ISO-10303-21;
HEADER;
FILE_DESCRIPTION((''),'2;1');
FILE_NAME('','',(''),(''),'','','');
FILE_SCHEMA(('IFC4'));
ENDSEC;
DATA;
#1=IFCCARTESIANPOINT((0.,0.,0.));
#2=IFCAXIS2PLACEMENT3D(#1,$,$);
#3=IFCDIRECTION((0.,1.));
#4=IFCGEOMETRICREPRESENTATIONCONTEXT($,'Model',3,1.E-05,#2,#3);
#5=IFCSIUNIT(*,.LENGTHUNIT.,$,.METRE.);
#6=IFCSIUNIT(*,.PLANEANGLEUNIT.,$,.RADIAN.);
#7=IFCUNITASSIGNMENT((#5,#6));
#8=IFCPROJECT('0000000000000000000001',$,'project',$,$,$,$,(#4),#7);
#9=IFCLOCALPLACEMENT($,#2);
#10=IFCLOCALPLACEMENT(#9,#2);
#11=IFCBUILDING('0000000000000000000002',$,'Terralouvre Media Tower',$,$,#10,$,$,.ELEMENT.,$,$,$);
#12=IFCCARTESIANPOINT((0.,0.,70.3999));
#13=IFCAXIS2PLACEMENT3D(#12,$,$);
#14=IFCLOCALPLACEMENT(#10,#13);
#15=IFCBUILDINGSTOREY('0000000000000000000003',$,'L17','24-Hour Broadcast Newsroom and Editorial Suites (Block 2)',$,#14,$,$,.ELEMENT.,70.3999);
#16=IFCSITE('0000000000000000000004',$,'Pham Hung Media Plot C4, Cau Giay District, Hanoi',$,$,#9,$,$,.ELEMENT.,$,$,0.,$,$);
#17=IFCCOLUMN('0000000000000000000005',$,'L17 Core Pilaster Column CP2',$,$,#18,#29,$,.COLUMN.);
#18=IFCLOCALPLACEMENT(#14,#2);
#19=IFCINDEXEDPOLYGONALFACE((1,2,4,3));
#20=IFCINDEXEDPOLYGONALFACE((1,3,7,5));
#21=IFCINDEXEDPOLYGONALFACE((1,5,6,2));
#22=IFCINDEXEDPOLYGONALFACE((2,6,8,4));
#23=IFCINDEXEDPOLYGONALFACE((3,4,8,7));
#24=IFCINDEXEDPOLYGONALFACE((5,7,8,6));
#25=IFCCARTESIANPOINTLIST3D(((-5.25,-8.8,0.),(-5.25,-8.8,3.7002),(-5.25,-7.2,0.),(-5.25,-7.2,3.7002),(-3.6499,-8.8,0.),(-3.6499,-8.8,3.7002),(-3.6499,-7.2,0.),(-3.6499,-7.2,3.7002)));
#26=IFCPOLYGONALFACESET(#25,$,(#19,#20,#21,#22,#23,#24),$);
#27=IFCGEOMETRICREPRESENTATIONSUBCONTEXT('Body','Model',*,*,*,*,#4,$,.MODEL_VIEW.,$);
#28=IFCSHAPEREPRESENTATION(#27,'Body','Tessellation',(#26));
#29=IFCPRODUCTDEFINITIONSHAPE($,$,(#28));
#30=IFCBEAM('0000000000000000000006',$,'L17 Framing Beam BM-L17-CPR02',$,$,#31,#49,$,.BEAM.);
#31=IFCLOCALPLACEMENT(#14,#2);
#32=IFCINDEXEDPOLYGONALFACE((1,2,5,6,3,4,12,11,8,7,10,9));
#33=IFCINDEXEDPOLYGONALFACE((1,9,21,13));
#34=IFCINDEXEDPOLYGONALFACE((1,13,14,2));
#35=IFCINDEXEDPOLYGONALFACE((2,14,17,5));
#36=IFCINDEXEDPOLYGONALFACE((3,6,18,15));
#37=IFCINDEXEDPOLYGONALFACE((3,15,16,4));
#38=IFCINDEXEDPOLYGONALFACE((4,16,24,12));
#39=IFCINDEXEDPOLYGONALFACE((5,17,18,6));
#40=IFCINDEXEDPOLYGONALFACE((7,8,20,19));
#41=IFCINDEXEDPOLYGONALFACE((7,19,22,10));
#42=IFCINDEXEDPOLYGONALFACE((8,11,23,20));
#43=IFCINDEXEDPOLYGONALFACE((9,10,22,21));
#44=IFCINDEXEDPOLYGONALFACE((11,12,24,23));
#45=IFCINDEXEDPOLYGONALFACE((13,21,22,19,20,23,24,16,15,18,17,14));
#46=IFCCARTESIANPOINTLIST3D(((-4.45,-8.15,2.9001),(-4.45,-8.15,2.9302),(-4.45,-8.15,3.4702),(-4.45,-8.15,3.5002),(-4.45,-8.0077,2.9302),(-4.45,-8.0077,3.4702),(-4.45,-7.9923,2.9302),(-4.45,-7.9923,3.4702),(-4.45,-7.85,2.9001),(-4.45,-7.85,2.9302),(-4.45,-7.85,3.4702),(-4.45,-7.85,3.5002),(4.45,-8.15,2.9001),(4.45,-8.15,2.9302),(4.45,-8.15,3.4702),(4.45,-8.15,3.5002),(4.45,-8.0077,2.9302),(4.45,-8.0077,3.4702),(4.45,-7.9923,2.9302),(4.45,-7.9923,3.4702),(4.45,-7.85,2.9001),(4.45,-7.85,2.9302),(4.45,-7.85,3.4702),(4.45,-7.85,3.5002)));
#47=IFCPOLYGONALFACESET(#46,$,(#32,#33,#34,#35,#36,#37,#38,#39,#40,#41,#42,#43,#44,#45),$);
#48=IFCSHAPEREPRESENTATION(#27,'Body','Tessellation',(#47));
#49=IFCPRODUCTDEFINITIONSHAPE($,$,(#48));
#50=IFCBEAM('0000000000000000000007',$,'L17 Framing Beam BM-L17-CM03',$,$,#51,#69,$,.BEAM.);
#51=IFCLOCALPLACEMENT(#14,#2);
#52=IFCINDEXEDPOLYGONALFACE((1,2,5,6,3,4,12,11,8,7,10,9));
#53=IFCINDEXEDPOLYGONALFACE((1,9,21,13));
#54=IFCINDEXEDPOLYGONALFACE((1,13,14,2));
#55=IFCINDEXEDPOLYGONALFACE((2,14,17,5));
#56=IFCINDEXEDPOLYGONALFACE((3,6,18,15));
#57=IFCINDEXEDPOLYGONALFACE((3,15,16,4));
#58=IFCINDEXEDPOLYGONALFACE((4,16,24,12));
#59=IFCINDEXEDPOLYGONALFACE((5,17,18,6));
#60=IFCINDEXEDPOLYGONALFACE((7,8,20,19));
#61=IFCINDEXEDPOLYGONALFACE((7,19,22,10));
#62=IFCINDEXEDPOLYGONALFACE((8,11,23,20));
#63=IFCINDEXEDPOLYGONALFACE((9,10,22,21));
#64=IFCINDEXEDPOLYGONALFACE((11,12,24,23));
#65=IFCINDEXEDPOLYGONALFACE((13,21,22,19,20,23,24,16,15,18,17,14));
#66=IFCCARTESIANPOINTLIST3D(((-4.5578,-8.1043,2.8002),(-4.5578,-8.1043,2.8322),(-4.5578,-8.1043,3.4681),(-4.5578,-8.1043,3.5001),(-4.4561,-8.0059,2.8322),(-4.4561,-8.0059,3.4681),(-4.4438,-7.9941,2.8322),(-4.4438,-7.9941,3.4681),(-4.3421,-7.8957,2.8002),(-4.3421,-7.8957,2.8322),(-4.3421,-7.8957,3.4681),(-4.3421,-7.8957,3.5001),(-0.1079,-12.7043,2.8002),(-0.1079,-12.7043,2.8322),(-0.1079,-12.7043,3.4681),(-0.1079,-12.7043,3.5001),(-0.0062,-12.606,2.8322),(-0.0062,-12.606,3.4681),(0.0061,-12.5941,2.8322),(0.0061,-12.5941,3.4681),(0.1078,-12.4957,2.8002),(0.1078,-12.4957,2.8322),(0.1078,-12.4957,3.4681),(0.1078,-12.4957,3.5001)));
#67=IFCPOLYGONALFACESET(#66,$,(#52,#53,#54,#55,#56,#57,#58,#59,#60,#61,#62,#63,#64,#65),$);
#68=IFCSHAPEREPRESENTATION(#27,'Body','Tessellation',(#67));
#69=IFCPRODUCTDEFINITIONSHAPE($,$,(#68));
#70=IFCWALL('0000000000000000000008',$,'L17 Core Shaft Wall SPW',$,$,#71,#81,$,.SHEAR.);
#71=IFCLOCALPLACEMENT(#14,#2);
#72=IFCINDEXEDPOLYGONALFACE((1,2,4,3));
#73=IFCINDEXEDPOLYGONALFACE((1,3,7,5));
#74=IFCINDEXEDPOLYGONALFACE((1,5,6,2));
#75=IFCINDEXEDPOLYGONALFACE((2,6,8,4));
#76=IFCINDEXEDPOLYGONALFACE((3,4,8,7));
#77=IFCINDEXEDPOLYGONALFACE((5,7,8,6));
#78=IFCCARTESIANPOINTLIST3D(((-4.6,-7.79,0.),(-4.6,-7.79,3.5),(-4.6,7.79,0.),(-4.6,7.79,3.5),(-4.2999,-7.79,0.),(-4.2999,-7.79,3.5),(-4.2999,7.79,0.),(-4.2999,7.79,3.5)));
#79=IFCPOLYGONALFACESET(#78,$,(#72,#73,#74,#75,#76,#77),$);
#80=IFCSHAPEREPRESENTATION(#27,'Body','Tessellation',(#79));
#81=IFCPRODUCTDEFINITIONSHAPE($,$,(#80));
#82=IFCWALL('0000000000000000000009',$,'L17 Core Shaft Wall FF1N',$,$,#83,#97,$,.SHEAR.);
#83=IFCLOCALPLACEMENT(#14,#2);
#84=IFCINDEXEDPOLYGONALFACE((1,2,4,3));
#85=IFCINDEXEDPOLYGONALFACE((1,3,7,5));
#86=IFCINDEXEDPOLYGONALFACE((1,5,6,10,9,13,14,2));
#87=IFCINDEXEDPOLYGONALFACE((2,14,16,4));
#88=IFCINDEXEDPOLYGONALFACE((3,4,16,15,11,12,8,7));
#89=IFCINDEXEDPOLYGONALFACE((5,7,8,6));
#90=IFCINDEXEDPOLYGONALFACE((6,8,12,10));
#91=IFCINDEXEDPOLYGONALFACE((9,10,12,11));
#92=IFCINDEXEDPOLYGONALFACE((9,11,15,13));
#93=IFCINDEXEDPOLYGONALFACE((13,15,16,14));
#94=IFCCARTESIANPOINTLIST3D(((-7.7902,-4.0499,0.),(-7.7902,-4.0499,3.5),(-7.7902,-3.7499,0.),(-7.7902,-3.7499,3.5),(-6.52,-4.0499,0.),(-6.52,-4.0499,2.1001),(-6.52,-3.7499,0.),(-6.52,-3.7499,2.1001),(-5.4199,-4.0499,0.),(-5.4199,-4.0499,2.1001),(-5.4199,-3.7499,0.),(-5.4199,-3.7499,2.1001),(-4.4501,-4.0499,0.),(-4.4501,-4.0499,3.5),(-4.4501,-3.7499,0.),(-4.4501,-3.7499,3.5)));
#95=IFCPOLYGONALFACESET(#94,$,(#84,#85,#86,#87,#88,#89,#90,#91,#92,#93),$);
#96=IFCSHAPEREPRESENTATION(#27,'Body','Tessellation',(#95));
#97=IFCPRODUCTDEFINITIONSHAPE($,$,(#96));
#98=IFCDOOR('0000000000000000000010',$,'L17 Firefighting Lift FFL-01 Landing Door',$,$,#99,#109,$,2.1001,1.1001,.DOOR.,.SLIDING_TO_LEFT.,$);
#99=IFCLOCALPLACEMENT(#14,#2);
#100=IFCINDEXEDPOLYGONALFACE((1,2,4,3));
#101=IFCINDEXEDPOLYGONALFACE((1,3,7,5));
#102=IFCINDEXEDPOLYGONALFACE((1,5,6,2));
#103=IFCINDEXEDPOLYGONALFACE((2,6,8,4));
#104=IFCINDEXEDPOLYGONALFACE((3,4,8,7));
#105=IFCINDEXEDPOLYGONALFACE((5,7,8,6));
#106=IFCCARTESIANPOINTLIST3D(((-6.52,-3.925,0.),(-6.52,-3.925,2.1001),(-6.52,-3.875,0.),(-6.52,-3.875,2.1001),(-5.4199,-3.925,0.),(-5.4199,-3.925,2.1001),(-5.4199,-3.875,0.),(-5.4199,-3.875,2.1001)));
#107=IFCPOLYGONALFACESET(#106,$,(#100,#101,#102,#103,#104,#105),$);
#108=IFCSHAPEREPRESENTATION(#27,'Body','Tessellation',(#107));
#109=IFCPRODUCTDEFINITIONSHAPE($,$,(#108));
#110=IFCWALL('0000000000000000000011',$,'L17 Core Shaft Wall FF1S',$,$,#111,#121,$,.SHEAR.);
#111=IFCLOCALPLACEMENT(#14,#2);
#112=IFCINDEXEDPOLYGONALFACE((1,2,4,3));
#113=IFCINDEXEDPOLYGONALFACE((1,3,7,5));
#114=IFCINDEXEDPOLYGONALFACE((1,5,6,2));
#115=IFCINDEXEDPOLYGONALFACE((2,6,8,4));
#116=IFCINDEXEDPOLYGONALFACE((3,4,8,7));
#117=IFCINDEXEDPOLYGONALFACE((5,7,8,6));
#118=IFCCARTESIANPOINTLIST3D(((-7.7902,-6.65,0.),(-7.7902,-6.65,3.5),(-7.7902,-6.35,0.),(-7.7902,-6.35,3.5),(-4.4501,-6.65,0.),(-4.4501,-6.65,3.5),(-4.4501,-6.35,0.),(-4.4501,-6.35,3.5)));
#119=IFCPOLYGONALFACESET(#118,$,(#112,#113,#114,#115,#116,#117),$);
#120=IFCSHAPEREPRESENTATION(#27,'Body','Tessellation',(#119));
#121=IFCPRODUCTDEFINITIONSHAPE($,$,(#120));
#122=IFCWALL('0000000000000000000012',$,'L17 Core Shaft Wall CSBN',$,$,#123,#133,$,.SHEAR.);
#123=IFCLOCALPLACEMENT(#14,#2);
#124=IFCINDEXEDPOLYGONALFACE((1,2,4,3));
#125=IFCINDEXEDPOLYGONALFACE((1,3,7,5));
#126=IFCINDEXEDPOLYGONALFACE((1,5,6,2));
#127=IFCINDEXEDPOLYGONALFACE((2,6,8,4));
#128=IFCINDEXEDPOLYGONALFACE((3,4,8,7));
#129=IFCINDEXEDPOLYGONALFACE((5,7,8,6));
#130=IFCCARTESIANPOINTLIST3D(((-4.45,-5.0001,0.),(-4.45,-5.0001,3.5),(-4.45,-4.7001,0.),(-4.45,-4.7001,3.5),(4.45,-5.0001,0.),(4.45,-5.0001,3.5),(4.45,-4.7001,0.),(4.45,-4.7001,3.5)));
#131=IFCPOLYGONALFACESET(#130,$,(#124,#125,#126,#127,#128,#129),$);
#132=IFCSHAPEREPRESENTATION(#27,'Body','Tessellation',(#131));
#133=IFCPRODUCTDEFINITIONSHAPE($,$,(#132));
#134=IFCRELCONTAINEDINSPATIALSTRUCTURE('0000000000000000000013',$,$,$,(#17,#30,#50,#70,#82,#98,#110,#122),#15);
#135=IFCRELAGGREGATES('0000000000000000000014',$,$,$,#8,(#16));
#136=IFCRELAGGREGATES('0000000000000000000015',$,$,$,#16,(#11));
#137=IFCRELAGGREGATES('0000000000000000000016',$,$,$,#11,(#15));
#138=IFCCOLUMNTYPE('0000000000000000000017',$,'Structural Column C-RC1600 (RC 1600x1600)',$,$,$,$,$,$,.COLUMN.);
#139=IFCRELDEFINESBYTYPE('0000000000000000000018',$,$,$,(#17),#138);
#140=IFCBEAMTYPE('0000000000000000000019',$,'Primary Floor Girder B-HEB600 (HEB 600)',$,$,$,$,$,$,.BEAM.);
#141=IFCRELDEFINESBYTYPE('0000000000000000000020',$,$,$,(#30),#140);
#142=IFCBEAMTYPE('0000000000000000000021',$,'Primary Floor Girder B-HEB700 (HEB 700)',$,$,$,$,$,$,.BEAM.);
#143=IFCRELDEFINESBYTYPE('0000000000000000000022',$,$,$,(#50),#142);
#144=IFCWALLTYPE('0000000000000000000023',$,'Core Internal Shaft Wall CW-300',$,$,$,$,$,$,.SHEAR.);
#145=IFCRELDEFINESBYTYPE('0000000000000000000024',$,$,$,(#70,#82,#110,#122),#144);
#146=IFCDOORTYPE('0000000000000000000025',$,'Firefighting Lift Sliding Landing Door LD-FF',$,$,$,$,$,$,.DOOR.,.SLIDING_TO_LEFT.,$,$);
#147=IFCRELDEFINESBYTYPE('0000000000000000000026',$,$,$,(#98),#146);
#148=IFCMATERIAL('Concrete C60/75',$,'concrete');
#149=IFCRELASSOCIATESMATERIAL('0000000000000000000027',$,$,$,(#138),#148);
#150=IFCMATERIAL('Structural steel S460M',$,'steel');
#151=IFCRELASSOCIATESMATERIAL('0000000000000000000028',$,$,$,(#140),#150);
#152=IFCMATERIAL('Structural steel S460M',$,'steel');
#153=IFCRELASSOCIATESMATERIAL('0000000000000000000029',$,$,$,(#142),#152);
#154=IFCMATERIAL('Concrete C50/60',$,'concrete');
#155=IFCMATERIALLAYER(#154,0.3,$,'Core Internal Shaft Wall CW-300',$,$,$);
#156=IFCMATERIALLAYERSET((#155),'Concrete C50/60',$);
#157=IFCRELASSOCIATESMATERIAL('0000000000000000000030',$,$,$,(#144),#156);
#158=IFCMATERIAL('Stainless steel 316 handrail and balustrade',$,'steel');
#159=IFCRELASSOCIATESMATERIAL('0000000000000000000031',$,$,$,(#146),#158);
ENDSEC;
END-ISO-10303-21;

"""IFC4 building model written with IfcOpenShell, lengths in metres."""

from ifc_helpers import new_model, si_unit, direction, frame, frame_2d, origin, origin_2d, place, context, subcontext, project, spatial, rectangle, i_section, extrude, material, layer, layer_set, material_profile, profile_set, type_object, element, fill, save


model = new_model("IFC4")

# Units and contexts
model_context = context("Model", 3, precision=1e-05, world=origin(), true_north=direction((0.0, 1.0)))
body_context = subcontext(model_context, "Body", "Model", "MODEL_VIEW")
ifc_project = project(units=[si_unit("LENGTHUNIT", "METRE"), si_unit("PLANEANGLEUNIT", "RADIAN")], contexts=[model_context])

# Site, building, storey
site_placement = place(None, origin())
site = spatial("IfcSite", under=ifc_project, at=site_placement, Name="Pham Hung Media Plot C4, Cau Giay District, Hanoi", CompositionType="ELEMENT", RefElevation=0.0)
building_placement = place(site_placement, origin())
building = spatial("IfcBuilding", under=site, at=building_placement, Name="Terralouvre Media Tower", CompositionType="ELEMENT")
storey_placement = place(building_placement, frame((0.0, 0.0, 70.3999)))
storey = spatial("IfcBuildingStorey", under=building, at=storey_placement, Name="L17", Description="24-Hour Broadcast Newsroom and Editorial Suites (Block 2)", CompositionType="ELEMENT", Elevation=70.3999)

# Column
ifc_material_1 = material(Name="Concrete C60/75", Category="concrete")
ifc_material_profile_1 = material_profile(ifc_material_1, rectangle(XDim=1.6001, YDim=1.6001, at=origin_2d()), Name="RC 1600x1600")
ifc_profile_set_1 = profile_set([ifc_material_profile_1], Name="Concrete C60/75")
column_type = type_object("IfcColumnType", Name="Structural Column C-RC1600 (RC 1600x1600)", PredefinedType="COLUMN", material=ifc_profile_set_1)
column_placement = place(storey_placement, frame((-4.45, -8.0, 0.0), z_axis=(0.0, 0.0, 1.0), x_axis=(1.0, 0.0, 0.0)))
element("IfcColumn", 1, at=column_placement, inside=storey, type_object=column_type, Name="L17 Core Pilaster Column CP2", PredefinedType="COLUMN", context=body_context, shape_type="SweptSolid", body=[
    extrude(rectangle(XDim=1.6001, YDim=1.6001, at=origin_2d()), origin(), (0.0, 0.0, 1.0), 3.7002),
])

# Beams
ifc_material_2 = material(Name="Structural steel S460M", Category="steel")
ifc_material_profile_2 = material_profile(ifc_material_2, i_section(OverallWidth=0.3, OverallDepth=0.6001, WebThickness=0.0154, FlangeThickness=0.03, at=origin_2d()), Name="HEB 600")
ifc_profile_set_2 = profile_set([ifc_material_profile_2], Name="Structural steel S460M")
beam_type_1 = type_object("IfcBeamType", Name="Primary Floor Girder B-HEB600 (HEB 600)", PredefinedType="BEAM", material=ifc_profile_set_2)
beam_1_placement = place(storey_placement, frame((-4.45, -8.0, 3.2002), z_axis=(1.0, 0.0, 0.0), x_axis=(0.0, 1.0, 0.0)))
element("IfcBeam", 2, at=beam_1_placement, inside=storey, type_object=beam_type_1, Name="L17 Framing Beam BM-L17-CPR02", PredefinedType="BEAM", context=body_context, shape_type="SweptSolid", body=[
    extrude(i_section(OverallWidth=0.3, OverallDepth=0.6001, WebThickness=0.0154, FlangeThickness=0.03, at=origin_2d()), origin(), (0.0, 0.0, 1.0), 8.8999),
])
ifc_material_3 = material(Name="Structural steel S460M", Category="steel")
ifc_material_profile_3 = material_profile(ifc_material_3, i_section(OverallWidth=0.3, OverallDepth=0.7, WebThickness=0.0171, FlangeThickness=0.032, at=origin_2d()), Name="HEB 700")
ifc_profile_set_3 = profile_set([ifc_material_profile_3], Name="Structural steel S460M")
beam_type_2 = type_object("IfcBeamType", Name="Primary Floor Girder B-HEB700 (HEB 700)", PredefinedType="BEAM", material=ifc_profile_set_3)
beam_2_placement = place(storey_placement, frame((-4.45, -8.0, 3.1501), z_axis=(0.69528, -0.718739, 0.0), x_axis=(0.718739, 0.69528, 0.0)))
element("IfcBeam", 3, at=beam_2_placement, inside=storey, type_object=beam_type_2, Name="L17 Framing Beam BM-L17-CM03", PredefinedType="BEAM", context=body_context, shape_type="SweptSolid", body=[
    extrude(i_section(OverallWidth=0.3, OverallDepth=0.7, WebThickness=0.0171, FlangeThickness=0.032, at=origin_2d()), origin(), (0.0, 0.0, 1.0), 6.4001),
])

# Wall
ifc_material_4 = material(Name="Concrete C50/60", Category="concrete")
ifc_layer_1 = layer(ifc_material_4, 0.3, Name="Core Internal Shaft Wall CW-300")
ifc_layer_set_1 = layer_set([ifc_layer_1], Name="Concrete C50/60")
wall_type_1 = type_object("IfcWallType", Name="Core Internal Shaft Wall CW-300", PredefinedType="SHEAR", material=ifc_layer_set_1)
wall_1_placement = place(storey_placement, frame((-4.45, -7.79, 0.0), z_axis=(0.0, 0.0, 1.0), x_axis=(0.0, 1.0, 0.0)))
element("IfcWall", 4, at=wall_1_placement, inside=storey, type_object=wall_type_1, Name="L17 Core Shaft Wall SPW", PredefinedType="SHEAR", context=body_context, shape_type="SweptSolid", body=[
    extrude(rectangle(XDim=15.5801, YDim=0.3, at=frame_2d((7.79, 0.0))), origin(), (0.0, 0.0, 1.0), 3.5),
])

# Wall, opening, door
wall_2_placement = place(storey_placement, frame((-7.79, -3.8999, 0.0), z_axis=(0.0, 0.0, 1.0), x_axis=(1.0, 0.0, 0.0)))
wall_2 = element("IfcWall", 5, at=wall_2_placement, inside=storey, type_object=wall_type_1, Name="L17 Core Shaft Wall FF1N", PredefinedType="SHEAR", context=body_context, shape_type="SweptSolid", body=[
    extrude(rectangle(XDim=3.3401, YDim=0.3, at=frame_2d((1.6699, 0.0))), origin(), (0.0, 0.0, 1.0), 3.5),
])
opening_1_placement = place(wall_2_placement, frame((1.27, 0.0, 0.0)))
opening_1 = element("IfcOpeningElement", 6, at=opening_1_placement, cuts=wall_2, PredefinedType="OPENING", context=body_context, shape_type="SweptSolid", body=[
    extrude(rectangle(XDim=1.1001, YDim=2.1001, at=frame_2d((0.55, 1.05))), frame((0.0, 0.1599, 0.0), z_axis=(0.0, -1.0, 0.0), x_axis=(1.0, 0.0, 0.0)), (0.0, 0.0, 1.0), 0.3201),
])
ifc_material_5 = material(Name="Stainless steel 316 handrail and balustrade", Category="steel")
door_type_1 = type_object("IfcDoorType", Name="Firefighting Lift Sliding Landing Door LD-FF", OperationType="SLIDING_TO_LEFT", PredefinedType="DOOR", material=ifc_material_5)
door_1_placement = place(opening_1_placement, origin())
door_1 = element("IfcDoor", 7, at=door_1_placement, inside=storey, type_object=door_type_1, Name="L17 Firefighting Lift FFL-01 Landing Door", OperationType="SLIDING_TO_LEFT", OverallHeight=2.1001, OverallWidth=1.1001, PredefinedType="DOOR", context=body_context, shape_type="SweptSolid", body=[
    extrude(rectangle(XDim=1.1001, YDim=2.1001, at=frame_2d((0.55, 1.05))), frame((0.0, 0.0249, 0.0), z_axis=(0.0, -1.0, 0.0), x_axis=(1.0, 0.0, 0.0)), (0.0, 0.0, 1.0), 0.05),
])
fill(opening_1, door_1)

# Walls
wall_3_placement = place(storey_placement, frame((-7.79, -6.5, 0.0), z_axis=(0.0, 0.0, 1.0), x_axis=(1.0, 0.0, 0.0)))
element("IfcWall", 8, at=wall_3_placement, inside=storey, type_object=wall_type_1, Name="L17 Core Shaft Wall FF1S", PredefinedType="SHEAR", context=body_context, shape_type="SweptSolid", body=[
    extrude(rectangle(XDim=3.3401, YDim=0.3, at=frame_2d((1.6699, 0.0))), origin(), (0.0, 0.0, 1.0), 3.5),
])
wall_4_placement = place(storey_placement, frame((-4.45, -4.8501, 0.0), z_axis=(0.0, 0.0, 1.0), x_axis=(1.0, 0.0, 0.0)))
element("IfcWall", 9, at=wall_4_placement, inside=storey, type_object=wall_type_1, Name="L17 Core Shaft Wall CSBN", PredefinedType="SHEAR", context=body_context, shape_type="SweptSolid", body=[
    extrude(rectangle(XDim=8.8999, YDim=0.3, at=frame_2d((4.45, 0.0))), origin(), (0.0, 0.0, 1.0), 3.5),
])

save(model, "model.ifc")
